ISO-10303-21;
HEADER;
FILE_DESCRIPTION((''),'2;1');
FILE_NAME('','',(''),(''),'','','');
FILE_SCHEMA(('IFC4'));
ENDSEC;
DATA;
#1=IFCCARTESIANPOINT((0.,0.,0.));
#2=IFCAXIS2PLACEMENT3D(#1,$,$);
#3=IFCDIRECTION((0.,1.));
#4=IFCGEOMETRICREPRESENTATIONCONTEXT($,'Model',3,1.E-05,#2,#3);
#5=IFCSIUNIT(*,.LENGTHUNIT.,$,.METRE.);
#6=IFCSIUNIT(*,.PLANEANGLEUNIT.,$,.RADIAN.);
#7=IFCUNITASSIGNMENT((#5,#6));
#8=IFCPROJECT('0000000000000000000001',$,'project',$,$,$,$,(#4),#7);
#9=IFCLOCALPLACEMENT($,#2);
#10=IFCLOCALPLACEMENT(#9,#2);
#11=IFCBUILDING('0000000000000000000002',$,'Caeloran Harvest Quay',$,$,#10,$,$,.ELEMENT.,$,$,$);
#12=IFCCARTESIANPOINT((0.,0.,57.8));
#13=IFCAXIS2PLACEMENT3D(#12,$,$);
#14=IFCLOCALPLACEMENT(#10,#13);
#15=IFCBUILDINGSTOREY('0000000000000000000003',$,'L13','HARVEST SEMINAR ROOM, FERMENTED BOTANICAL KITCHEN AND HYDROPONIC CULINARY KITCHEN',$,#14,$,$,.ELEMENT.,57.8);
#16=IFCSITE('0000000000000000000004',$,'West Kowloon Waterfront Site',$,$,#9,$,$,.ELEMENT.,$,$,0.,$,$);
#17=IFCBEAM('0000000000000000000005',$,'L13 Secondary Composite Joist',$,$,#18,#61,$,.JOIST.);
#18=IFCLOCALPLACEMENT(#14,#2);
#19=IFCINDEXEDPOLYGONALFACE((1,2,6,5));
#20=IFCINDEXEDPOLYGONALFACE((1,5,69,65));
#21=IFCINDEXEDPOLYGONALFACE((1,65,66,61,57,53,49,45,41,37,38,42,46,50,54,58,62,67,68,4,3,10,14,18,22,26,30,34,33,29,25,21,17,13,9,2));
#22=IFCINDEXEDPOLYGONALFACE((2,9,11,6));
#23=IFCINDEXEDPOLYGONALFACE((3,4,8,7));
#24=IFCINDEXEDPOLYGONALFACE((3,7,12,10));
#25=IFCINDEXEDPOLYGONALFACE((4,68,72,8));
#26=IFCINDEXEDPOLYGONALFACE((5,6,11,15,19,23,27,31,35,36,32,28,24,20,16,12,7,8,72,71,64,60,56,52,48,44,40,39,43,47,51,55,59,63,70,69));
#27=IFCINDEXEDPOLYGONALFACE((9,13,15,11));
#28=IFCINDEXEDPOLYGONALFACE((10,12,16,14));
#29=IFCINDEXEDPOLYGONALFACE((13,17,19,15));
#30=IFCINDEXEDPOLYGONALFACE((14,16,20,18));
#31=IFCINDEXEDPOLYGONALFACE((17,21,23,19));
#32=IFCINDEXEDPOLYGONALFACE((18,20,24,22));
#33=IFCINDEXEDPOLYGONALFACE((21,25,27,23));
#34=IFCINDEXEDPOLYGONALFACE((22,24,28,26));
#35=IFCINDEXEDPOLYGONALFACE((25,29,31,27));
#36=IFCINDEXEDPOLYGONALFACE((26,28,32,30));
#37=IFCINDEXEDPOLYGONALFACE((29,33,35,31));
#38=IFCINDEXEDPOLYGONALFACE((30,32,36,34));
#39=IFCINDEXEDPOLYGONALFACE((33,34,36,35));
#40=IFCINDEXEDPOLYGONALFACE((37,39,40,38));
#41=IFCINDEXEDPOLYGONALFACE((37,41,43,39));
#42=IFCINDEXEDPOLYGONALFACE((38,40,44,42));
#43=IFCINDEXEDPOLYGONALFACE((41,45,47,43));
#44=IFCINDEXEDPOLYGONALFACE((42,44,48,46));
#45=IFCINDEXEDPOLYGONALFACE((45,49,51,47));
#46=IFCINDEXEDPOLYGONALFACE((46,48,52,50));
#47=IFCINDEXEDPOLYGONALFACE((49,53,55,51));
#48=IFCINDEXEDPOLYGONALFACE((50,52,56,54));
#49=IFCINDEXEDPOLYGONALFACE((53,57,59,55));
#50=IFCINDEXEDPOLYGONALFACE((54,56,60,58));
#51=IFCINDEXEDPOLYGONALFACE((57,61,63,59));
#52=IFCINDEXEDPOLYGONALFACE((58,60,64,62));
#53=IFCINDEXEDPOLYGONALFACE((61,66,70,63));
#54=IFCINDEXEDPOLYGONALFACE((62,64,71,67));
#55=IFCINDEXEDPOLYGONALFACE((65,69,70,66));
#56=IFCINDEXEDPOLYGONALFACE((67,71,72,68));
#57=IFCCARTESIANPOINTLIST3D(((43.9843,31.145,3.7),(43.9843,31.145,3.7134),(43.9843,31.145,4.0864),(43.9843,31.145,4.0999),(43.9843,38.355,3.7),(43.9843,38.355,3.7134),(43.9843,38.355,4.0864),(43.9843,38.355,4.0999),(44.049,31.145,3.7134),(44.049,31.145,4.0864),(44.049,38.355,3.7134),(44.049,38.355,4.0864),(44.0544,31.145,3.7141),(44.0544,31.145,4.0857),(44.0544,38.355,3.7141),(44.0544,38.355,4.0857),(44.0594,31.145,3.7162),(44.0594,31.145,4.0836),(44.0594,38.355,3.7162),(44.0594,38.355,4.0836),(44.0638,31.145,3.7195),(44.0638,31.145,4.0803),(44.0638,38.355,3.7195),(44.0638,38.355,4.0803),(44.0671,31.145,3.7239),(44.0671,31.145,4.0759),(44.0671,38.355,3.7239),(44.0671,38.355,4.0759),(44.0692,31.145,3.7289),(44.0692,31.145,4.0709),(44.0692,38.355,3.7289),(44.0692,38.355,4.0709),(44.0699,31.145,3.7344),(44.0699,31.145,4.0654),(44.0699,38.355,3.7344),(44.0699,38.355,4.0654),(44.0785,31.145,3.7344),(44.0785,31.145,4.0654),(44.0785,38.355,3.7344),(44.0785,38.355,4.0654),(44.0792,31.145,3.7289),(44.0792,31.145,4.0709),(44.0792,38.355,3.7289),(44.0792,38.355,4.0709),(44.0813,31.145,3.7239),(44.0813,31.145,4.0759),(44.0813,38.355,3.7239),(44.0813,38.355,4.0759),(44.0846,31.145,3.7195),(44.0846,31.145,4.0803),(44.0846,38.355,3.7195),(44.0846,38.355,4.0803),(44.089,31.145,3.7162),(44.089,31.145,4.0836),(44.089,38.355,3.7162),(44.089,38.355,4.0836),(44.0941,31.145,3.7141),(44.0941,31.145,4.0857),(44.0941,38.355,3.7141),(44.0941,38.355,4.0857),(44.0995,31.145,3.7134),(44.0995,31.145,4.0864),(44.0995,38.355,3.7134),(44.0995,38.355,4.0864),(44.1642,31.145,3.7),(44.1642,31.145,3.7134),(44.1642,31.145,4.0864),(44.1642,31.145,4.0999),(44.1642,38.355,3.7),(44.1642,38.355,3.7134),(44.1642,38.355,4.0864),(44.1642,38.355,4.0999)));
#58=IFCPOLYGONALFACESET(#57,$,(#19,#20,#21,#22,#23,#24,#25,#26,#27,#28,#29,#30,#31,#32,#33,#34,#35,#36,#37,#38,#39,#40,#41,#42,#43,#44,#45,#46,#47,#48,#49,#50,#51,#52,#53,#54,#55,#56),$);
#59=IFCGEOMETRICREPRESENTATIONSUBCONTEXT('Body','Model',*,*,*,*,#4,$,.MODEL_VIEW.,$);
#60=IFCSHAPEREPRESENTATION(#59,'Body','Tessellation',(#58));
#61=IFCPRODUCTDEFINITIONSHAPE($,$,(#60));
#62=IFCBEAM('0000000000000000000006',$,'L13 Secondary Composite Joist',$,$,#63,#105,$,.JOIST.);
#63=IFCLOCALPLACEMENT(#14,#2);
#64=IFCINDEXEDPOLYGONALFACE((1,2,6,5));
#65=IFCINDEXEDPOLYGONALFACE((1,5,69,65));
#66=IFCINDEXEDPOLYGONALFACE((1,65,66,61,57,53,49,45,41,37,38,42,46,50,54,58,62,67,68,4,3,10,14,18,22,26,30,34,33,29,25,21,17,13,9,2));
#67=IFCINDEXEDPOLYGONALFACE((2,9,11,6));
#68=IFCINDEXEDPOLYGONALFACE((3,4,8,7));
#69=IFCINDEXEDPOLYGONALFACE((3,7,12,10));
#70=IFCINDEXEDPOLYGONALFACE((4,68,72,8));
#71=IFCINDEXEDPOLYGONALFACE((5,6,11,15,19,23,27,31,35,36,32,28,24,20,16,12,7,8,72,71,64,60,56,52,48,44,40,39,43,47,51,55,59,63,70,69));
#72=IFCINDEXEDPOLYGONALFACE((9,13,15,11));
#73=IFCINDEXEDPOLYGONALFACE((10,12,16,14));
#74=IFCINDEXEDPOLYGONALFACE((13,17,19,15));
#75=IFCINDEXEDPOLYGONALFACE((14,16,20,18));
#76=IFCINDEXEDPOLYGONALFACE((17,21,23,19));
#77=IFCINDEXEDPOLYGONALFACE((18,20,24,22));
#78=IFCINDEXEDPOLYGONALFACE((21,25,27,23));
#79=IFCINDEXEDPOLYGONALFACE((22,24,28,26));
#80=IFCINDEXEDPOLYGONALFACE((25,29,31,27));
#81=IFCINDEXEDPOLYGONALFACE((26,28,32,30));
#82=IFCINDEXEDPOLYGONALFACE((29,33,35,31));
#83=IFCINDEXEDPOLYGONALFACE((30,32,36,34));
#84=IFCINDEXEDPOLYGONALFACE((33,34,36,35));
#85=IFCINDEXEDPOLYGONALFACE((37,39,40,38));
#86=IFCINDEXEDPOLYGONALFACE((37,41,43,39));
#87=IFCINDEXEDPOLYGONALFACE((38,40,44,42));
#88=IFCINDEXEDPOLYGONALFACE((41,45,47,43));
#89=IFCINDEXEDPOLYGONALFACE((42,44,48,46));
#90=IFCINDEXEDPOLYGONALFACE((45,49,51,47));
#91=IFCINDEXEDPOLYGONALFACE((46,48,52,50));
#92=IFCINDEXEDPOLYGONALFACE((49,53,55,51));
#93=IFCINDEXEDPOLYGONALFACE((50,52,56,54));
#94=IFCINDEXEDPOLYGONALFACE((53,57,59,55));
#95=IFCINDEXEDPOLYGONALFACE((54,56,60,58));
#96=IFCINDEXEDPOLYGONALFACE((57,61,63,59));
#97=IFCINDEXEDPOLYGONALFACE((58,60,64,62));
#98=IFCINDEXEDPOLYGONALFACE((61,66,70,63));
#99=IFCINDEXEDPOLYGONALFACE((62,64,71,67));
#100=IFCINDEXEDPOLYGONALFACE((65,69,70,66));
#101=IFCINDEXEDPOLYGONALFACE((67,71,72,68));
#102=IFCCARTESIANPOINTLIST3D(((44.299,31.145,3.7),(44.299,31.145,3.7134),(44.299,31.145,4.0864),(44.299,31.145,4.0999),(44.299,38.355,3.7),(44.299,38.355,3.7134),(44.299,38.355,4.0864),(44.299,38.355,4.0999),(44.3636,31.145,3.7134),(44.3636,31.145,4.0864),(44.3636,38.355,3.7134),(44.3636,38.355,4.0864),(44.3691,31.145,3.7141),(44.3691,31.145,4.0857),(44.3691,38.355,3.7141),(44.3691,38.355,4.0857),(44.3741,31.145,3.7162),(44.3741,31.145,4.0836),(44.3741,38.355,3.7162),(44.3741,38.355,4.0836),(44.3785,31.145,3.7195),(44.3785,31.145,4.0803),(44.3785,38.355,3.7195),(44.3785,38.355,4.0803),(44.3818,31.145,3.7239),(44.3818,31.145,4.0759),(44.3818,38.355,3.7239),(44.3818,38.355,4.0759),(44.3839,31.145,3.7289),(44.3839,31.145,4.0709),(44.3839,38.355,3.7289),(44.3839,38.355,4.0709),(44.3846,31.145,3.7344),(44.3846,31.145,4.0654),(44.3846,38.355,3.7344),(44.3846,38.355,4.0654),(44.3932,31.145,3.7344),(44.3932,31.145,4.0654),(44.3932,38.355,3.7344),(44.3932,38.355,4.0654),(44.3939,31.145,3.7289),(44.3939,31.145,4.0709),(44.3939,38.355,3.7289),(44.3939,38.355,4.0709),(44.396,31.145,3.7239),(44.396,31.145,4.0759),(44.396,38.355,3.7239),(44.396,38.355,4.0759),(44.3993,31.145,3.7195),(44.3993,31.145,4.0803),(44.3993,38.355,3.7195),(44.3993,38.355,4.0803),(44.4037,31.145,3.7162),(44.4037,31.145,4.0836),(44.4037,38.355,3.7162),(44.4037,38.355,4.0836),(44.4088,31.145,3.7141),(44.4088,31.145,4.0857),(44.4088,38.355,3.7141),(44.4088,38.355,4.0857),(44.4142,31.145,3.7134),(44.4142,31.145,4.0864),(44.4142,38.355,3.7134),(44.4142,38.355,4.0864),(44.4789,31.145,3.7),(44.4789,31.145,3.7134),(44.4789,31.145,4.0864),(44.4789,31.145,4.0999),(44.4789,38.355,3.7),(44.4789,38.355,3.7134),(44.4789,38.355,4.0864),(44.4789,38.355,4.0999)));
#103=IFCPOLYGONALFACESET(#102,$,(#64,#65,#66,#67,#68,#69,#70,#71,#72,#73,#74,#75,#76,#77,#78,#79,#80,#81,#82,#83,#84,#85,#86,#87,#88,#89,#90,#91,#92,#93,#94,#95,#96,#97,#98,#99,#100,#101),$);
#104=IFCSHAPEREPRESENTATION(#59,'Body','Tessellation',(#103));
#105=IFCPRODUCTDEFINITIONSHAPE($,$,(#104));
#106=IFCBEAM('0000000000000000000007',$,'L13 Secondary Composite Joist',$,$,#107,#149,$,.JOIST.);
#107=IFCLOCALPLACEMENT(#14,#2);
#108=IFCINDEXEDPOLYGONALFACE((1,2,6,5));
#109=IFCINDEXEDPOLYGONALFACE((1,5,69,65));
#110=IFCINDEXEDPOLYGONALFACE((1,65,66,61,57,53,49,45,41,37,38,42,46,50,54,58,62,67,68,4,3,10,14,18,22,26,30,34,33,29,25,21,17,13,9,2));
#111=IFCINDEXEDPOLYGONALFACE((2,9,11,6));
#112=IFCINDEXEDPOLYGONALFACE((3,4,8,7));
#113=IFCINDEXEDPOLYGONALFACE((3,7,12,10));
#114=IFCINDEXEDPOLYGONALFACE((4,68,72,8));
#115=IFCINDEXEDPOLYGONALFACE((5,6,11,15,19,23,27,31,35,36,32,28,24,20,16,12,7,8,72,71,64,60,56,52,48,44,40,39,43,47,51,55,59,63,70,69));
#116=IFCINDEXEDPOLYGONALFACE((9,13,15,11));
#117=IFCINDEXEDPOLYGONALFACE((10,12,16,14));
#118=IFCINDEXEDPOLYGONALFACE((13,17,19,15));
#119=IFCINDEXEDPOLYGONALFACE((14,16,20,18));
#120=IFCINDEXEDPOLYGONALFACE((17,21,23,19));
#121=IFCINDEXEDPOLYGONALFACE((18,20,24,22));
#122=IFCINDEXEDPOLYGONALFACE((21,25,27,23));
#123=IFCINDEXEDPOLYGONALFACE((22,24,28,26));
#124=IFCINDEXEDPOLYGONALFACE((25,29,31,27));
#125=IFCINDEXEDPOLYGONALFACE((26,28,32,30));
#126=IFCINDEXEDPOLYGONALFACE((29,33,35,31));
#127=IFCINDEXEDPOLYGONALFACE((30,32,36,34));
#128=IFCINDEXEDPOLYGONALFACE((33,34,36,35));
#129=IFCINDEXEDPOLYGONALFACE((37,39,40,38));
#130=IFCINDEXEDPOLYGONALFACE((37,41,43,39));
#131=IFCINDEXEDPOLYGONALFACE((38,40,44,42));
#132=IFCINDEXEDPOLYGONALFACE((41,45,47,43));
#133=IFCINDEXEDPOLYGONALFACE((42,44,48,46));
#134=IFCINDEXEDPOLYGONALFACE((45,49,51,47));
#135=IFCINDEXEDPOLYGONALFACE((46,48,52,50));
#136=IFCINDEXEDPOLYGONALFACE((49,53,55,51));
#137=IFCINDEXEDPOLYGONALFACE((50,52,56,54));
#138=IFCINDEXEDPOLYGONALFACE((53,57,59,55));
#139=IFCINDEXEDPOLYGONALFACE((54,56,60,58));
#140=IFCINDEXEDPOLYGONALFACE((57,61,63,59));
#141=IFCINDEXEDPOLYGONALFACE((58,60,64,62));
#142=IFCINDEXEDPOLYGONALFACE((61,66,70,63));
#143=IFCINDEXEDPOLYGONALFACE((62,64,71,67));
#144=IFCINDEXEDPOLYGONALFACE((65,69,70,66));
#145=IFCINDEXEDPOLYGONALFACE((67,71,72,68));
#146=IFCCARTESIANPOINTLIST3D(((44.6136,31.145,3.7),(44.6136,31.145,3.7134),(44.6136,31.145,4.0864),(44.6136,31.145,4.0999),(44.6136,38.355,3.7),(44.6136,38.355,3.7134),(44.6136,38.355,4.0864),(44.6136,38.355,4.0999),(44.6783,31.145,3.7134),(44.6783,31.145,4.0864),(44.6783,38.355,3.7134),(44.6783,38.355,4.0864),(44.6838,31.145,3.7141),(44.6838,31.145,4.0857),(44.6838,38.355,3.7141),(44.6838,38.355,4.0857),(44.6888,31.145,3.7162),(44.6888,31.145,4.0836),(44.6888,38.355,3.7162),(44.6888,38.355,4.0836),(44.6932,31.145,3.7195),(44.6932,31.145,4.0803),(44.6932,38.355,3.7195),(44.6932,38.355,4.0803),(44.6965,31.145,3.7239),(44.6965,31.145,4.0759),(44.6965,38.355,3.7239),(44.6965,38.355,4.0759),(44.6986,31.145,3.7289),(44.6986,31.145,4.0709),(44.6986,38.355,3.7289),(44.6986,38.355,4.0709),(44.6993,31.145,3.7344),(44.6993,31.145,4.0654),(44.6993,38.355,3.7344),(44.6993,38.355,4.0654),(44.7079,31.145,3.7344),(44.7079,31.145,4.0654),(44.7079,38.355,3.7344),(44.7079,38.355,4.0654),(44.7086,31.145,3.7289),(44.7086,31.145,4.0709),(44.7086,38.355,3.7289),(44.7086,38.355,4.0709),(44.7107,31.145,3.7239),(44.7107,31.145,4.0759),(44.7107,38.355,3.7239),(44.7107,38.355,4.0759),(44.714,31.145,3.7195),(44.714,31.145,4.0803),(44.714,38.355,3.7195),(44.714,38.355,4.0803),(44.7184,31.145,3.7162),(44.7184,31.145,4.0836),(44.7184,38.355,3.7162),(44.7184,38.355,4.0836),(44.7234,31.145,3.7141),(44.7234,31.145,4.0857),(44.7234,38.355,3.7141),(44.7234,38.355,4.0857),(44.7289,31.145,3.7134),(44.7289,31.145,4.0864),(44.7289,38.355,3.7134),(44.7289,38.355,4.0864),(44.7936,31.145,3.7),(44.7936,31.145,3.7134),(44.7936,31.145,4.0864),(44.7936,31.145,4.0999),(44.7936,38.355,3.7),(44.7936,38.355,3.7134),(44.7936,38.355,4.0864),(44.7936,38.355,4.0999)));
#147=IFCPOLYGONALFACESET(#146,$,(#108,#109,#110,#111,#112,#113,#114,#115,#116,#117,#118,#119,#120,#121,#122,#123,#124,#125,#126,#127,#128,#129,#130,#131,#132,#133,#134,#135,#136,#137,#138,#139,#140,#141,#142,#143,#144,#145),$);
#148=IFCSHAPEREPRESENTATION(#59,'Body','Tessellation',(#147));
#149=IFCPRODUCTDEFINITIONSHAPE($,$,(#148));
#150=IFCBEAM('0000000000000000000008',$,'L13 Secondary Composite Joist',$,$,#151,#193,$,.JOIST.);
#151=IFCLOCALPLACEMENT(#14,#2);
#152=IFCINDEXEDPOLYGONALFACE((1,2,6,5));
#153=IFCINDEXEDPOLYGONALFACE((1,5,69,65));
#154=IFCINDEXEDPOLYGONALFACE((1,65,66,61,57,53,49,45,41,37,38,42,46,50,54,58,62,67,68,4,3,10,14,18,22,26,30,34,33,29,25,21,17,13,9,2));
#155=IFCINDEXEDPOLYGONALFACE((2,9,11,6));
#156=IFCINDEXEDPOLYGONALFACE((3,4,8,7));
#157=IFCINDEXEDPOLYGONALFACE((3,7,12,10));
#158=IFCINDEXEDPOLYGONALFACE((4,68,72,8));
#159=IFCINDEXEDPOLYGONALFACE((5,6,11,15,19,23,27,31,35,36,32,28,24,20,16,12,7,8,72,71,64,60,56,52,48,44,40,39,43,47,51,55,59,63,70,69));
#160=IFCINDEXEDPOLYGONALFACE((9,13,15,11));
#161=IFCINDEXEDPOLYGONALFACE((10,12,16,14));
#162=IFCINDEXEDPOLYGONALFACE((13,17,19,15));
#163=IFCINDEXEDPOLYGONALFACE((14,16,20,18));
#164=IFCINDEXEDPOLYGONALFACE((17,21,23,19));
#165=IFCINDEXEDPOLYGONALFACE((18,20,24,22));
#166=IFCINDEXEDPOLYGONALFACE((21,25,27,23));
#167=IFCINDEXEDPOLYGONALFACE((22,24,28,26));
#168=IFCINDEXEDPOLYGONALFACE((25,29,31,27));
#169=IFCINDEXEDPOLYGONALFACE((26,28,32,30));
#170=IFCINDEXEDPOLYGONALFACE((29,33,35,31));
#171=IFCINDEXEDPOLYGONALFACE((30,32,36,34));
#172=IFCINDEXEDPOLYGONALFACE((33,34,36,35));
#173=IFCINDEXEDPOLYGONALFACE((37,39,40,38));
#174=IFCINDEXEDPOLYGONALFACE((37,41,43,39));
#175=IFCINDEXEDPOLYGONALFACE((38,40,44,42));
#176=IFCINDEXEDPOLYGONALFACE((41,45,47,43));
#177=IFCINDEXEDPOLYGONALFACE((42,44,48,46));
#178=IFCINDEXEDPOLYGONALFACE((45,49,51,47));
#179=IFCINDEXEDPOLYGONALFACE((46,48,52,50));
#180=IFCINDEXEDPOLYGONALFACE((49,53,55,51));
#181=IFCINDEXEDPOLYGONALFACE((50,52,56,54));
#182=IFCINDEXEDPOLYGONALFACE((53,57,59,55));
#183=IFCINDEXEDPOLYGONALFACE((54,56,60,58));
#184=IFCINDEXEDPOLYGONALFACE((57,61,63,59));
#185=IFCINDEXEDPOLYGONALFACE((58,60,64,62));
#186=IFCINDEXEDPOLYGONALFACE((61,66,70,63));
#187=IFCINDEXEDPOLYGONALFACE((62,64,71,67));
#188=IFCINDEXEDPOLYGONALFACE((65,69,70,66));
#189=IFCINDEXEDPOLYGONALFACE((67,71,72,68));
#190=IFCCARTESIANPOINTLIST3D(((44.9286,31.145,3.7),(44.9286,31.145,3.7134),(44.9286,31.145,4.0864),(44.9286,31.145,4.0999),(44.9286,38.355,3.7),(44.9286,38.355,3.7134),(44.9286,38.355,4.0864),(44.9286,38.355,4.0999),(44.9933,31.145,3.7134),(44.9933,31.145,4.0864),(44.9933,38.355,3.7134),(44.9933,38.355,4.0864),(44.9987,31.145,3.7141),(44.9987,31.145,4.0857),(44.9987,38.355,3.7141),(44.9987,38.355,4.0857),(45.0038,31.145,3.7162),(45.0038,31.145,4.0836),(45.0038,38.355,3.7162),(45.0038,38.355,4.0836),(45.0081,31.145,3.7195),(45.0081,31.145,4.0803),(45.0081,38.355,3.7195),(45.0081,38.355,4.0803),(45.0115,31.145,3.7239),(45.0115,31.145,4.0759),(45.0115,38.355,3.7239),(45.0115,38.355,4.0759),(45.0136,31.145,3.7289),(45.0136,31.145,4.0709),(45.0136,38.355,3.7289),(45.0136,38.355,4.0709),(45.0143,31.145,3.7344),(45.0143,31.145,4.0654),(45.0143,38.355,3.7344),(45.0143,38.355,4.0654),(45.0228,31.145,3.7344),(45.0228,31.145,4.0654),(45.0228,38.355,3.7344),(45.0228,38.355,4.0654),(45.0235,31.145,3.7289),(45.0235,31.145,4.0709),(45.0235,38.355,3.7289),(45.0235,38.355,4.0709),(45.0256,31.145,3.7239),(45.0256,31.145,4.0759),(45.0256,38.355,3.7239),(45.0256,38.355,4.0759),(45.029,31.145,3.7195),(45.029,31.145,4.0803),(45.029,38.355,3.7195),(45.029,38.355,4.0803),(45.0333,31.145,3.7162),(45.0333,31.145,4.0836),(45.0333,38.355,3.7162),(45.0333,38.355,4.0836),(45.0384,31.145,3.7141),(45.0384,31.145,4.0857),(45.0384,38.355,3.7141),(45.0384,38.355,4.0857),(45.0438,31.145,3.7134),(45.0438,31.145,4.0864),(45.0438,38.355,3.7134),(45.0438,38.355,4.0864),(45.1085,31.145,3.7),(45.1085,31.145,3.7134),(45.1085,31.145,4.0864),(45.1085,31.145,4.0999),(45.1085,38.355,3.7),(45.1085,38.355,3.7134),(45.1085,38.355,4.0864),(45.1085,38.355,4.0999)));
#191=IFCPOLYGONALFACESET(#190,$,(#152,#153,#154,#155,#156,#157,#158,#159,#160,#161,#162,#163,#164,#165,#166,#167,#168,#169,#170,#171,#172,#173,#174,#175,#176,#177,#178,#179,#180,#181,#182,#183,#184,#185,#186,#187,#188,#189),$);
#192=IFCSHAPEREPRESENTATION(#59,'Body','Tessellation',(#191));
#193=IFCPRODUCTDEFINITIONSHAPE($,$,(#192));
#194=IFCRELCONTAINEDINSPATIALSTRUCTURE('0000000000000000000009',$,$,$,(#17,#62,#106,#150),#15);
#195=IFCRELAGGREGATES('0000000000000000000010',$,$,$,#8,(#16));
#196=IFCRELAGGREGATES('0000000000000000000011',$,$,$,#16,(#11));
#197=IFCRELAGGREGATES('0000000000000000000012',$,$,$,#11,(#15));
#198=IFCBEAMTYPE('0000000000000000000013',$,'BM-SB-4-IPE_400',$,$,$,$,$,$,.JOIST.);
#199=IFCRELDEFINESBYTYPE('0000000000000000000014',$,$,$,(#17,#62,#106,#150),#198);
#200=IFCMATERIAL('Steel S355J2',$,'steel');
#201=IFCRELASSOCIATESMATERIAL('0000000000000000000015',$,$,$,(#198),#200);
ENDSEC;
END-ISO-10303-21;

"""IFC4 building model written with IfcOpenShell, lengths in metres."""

from ifc_helpers import new_model, si_unit, direction, frame, origin, origin_2d, place, context, subcontext, project, spatial, i_section, extrude, material, material_profile, profile_set, type_object, element, save


model = new_model("IFC4")

# Units and contexts
model_context = context("Model", 3, precision=1e-05, world=origin(), true_north=direction((0.0, 1.0)))
body_context = subcontext(model_context, "Body", "Model", "MODEL_VIEW")
ifc_project = project(units=[si_unit("LENGTHUNIT", "METRE"), si_unit("PLANEANGLEUNIT", "RADIAN")], contexts=[model_context])

# Site, building, storey
site_placement = place(None, origin())
site = spatial("IfcSite", under=ifc_project, at=site_placement, Name="West Kowloon Waterfront Site", CompositionType="ELEMENT", RefElevation=0.0)
building_placement = place(site_placement, origin())
building = spatial("IfcBuilding", under=site, at=building_placement, Name="Caeloran Harvest Quay", CompositionType="ELEMENT")
storey_placement = place(building_placement, frame((0.0, 0.0, 57.8)))
storey = spatial("IfcBuildingStorey", under=building, at=storey_placement, Name="L13", Description="HARVEST SEMINAR ROOM, FERMENTED BOTANICAL KITCHEN AND HYDROPONIC CULINARY KITCHEN", CompositionType="ELEMENT", Elevation=57.8)

# Beams
ifc_material_1 = material(Name="Steel S355J2", Category="steel")
ifc_material_profile_1 = material_profile(ifc_material_1, i_section(OverallWidth=0.1799, OverallDepth=0.3999, WebThickness=0.0085, FlangeThickness=0.0134, FilletRadius=0.021, at=origin_2d()), Name="IPE 400")
ifc_profile_set_1 = profile_set([ifc_material_profile_1], Name="Steel S355J2")
beam_type_1 = type_object("IfcBeamType", Name="BM-SB-4-IPE_400", PredefinedType="JOIST", material=ifc_profile_set_1)
for number, where, z_axis, x_axis, name in (
    (1, (44.0742, 31.145, 3.8999), (0.0, 1.0, 0.0), (-1.0, 0.0, 0.0), "L13 Secondary Composite Joist"),
    (2, (44.3889, 31.145, 3.8999), (0.0, 1.0, 0.0), (-1.0, 0.0, 0.0), "L13 Secondary Composite Joist"),
    (3, (44.7036, 31.145, 3.8999), (0.0, 1.0, 0.0), (-1.0, 0.0, 0.0), "L13 Secondary Composite Joist"),
    (4, (45.0186, 31.145, 3.8999), (0.0, 1.0, 0.0), (-1.0, 0.0, 0.0), "L13 Secondary Composite Joist"),
):
    element("IfcBeam", number, at=place(storey_placement, frame(where, z_axis=z_axis, x_axis=x_axis)), inside=storey, type_object=beam_type_1, Name=name, PredefinedType="JOIST", context=body_context, shape_type="SweptSolid", body=[
        extrude(i_section(OverallWidth=0.1799, OverallDepth=0.3999, WebThickness=0.0085, FlangeThickness=0.0134, FilletRadius=0.021, at=origin_2d()), origin(), (0.0, 0.0, 1.0), 7.21),
    ])

save(model, "model.ifc")
